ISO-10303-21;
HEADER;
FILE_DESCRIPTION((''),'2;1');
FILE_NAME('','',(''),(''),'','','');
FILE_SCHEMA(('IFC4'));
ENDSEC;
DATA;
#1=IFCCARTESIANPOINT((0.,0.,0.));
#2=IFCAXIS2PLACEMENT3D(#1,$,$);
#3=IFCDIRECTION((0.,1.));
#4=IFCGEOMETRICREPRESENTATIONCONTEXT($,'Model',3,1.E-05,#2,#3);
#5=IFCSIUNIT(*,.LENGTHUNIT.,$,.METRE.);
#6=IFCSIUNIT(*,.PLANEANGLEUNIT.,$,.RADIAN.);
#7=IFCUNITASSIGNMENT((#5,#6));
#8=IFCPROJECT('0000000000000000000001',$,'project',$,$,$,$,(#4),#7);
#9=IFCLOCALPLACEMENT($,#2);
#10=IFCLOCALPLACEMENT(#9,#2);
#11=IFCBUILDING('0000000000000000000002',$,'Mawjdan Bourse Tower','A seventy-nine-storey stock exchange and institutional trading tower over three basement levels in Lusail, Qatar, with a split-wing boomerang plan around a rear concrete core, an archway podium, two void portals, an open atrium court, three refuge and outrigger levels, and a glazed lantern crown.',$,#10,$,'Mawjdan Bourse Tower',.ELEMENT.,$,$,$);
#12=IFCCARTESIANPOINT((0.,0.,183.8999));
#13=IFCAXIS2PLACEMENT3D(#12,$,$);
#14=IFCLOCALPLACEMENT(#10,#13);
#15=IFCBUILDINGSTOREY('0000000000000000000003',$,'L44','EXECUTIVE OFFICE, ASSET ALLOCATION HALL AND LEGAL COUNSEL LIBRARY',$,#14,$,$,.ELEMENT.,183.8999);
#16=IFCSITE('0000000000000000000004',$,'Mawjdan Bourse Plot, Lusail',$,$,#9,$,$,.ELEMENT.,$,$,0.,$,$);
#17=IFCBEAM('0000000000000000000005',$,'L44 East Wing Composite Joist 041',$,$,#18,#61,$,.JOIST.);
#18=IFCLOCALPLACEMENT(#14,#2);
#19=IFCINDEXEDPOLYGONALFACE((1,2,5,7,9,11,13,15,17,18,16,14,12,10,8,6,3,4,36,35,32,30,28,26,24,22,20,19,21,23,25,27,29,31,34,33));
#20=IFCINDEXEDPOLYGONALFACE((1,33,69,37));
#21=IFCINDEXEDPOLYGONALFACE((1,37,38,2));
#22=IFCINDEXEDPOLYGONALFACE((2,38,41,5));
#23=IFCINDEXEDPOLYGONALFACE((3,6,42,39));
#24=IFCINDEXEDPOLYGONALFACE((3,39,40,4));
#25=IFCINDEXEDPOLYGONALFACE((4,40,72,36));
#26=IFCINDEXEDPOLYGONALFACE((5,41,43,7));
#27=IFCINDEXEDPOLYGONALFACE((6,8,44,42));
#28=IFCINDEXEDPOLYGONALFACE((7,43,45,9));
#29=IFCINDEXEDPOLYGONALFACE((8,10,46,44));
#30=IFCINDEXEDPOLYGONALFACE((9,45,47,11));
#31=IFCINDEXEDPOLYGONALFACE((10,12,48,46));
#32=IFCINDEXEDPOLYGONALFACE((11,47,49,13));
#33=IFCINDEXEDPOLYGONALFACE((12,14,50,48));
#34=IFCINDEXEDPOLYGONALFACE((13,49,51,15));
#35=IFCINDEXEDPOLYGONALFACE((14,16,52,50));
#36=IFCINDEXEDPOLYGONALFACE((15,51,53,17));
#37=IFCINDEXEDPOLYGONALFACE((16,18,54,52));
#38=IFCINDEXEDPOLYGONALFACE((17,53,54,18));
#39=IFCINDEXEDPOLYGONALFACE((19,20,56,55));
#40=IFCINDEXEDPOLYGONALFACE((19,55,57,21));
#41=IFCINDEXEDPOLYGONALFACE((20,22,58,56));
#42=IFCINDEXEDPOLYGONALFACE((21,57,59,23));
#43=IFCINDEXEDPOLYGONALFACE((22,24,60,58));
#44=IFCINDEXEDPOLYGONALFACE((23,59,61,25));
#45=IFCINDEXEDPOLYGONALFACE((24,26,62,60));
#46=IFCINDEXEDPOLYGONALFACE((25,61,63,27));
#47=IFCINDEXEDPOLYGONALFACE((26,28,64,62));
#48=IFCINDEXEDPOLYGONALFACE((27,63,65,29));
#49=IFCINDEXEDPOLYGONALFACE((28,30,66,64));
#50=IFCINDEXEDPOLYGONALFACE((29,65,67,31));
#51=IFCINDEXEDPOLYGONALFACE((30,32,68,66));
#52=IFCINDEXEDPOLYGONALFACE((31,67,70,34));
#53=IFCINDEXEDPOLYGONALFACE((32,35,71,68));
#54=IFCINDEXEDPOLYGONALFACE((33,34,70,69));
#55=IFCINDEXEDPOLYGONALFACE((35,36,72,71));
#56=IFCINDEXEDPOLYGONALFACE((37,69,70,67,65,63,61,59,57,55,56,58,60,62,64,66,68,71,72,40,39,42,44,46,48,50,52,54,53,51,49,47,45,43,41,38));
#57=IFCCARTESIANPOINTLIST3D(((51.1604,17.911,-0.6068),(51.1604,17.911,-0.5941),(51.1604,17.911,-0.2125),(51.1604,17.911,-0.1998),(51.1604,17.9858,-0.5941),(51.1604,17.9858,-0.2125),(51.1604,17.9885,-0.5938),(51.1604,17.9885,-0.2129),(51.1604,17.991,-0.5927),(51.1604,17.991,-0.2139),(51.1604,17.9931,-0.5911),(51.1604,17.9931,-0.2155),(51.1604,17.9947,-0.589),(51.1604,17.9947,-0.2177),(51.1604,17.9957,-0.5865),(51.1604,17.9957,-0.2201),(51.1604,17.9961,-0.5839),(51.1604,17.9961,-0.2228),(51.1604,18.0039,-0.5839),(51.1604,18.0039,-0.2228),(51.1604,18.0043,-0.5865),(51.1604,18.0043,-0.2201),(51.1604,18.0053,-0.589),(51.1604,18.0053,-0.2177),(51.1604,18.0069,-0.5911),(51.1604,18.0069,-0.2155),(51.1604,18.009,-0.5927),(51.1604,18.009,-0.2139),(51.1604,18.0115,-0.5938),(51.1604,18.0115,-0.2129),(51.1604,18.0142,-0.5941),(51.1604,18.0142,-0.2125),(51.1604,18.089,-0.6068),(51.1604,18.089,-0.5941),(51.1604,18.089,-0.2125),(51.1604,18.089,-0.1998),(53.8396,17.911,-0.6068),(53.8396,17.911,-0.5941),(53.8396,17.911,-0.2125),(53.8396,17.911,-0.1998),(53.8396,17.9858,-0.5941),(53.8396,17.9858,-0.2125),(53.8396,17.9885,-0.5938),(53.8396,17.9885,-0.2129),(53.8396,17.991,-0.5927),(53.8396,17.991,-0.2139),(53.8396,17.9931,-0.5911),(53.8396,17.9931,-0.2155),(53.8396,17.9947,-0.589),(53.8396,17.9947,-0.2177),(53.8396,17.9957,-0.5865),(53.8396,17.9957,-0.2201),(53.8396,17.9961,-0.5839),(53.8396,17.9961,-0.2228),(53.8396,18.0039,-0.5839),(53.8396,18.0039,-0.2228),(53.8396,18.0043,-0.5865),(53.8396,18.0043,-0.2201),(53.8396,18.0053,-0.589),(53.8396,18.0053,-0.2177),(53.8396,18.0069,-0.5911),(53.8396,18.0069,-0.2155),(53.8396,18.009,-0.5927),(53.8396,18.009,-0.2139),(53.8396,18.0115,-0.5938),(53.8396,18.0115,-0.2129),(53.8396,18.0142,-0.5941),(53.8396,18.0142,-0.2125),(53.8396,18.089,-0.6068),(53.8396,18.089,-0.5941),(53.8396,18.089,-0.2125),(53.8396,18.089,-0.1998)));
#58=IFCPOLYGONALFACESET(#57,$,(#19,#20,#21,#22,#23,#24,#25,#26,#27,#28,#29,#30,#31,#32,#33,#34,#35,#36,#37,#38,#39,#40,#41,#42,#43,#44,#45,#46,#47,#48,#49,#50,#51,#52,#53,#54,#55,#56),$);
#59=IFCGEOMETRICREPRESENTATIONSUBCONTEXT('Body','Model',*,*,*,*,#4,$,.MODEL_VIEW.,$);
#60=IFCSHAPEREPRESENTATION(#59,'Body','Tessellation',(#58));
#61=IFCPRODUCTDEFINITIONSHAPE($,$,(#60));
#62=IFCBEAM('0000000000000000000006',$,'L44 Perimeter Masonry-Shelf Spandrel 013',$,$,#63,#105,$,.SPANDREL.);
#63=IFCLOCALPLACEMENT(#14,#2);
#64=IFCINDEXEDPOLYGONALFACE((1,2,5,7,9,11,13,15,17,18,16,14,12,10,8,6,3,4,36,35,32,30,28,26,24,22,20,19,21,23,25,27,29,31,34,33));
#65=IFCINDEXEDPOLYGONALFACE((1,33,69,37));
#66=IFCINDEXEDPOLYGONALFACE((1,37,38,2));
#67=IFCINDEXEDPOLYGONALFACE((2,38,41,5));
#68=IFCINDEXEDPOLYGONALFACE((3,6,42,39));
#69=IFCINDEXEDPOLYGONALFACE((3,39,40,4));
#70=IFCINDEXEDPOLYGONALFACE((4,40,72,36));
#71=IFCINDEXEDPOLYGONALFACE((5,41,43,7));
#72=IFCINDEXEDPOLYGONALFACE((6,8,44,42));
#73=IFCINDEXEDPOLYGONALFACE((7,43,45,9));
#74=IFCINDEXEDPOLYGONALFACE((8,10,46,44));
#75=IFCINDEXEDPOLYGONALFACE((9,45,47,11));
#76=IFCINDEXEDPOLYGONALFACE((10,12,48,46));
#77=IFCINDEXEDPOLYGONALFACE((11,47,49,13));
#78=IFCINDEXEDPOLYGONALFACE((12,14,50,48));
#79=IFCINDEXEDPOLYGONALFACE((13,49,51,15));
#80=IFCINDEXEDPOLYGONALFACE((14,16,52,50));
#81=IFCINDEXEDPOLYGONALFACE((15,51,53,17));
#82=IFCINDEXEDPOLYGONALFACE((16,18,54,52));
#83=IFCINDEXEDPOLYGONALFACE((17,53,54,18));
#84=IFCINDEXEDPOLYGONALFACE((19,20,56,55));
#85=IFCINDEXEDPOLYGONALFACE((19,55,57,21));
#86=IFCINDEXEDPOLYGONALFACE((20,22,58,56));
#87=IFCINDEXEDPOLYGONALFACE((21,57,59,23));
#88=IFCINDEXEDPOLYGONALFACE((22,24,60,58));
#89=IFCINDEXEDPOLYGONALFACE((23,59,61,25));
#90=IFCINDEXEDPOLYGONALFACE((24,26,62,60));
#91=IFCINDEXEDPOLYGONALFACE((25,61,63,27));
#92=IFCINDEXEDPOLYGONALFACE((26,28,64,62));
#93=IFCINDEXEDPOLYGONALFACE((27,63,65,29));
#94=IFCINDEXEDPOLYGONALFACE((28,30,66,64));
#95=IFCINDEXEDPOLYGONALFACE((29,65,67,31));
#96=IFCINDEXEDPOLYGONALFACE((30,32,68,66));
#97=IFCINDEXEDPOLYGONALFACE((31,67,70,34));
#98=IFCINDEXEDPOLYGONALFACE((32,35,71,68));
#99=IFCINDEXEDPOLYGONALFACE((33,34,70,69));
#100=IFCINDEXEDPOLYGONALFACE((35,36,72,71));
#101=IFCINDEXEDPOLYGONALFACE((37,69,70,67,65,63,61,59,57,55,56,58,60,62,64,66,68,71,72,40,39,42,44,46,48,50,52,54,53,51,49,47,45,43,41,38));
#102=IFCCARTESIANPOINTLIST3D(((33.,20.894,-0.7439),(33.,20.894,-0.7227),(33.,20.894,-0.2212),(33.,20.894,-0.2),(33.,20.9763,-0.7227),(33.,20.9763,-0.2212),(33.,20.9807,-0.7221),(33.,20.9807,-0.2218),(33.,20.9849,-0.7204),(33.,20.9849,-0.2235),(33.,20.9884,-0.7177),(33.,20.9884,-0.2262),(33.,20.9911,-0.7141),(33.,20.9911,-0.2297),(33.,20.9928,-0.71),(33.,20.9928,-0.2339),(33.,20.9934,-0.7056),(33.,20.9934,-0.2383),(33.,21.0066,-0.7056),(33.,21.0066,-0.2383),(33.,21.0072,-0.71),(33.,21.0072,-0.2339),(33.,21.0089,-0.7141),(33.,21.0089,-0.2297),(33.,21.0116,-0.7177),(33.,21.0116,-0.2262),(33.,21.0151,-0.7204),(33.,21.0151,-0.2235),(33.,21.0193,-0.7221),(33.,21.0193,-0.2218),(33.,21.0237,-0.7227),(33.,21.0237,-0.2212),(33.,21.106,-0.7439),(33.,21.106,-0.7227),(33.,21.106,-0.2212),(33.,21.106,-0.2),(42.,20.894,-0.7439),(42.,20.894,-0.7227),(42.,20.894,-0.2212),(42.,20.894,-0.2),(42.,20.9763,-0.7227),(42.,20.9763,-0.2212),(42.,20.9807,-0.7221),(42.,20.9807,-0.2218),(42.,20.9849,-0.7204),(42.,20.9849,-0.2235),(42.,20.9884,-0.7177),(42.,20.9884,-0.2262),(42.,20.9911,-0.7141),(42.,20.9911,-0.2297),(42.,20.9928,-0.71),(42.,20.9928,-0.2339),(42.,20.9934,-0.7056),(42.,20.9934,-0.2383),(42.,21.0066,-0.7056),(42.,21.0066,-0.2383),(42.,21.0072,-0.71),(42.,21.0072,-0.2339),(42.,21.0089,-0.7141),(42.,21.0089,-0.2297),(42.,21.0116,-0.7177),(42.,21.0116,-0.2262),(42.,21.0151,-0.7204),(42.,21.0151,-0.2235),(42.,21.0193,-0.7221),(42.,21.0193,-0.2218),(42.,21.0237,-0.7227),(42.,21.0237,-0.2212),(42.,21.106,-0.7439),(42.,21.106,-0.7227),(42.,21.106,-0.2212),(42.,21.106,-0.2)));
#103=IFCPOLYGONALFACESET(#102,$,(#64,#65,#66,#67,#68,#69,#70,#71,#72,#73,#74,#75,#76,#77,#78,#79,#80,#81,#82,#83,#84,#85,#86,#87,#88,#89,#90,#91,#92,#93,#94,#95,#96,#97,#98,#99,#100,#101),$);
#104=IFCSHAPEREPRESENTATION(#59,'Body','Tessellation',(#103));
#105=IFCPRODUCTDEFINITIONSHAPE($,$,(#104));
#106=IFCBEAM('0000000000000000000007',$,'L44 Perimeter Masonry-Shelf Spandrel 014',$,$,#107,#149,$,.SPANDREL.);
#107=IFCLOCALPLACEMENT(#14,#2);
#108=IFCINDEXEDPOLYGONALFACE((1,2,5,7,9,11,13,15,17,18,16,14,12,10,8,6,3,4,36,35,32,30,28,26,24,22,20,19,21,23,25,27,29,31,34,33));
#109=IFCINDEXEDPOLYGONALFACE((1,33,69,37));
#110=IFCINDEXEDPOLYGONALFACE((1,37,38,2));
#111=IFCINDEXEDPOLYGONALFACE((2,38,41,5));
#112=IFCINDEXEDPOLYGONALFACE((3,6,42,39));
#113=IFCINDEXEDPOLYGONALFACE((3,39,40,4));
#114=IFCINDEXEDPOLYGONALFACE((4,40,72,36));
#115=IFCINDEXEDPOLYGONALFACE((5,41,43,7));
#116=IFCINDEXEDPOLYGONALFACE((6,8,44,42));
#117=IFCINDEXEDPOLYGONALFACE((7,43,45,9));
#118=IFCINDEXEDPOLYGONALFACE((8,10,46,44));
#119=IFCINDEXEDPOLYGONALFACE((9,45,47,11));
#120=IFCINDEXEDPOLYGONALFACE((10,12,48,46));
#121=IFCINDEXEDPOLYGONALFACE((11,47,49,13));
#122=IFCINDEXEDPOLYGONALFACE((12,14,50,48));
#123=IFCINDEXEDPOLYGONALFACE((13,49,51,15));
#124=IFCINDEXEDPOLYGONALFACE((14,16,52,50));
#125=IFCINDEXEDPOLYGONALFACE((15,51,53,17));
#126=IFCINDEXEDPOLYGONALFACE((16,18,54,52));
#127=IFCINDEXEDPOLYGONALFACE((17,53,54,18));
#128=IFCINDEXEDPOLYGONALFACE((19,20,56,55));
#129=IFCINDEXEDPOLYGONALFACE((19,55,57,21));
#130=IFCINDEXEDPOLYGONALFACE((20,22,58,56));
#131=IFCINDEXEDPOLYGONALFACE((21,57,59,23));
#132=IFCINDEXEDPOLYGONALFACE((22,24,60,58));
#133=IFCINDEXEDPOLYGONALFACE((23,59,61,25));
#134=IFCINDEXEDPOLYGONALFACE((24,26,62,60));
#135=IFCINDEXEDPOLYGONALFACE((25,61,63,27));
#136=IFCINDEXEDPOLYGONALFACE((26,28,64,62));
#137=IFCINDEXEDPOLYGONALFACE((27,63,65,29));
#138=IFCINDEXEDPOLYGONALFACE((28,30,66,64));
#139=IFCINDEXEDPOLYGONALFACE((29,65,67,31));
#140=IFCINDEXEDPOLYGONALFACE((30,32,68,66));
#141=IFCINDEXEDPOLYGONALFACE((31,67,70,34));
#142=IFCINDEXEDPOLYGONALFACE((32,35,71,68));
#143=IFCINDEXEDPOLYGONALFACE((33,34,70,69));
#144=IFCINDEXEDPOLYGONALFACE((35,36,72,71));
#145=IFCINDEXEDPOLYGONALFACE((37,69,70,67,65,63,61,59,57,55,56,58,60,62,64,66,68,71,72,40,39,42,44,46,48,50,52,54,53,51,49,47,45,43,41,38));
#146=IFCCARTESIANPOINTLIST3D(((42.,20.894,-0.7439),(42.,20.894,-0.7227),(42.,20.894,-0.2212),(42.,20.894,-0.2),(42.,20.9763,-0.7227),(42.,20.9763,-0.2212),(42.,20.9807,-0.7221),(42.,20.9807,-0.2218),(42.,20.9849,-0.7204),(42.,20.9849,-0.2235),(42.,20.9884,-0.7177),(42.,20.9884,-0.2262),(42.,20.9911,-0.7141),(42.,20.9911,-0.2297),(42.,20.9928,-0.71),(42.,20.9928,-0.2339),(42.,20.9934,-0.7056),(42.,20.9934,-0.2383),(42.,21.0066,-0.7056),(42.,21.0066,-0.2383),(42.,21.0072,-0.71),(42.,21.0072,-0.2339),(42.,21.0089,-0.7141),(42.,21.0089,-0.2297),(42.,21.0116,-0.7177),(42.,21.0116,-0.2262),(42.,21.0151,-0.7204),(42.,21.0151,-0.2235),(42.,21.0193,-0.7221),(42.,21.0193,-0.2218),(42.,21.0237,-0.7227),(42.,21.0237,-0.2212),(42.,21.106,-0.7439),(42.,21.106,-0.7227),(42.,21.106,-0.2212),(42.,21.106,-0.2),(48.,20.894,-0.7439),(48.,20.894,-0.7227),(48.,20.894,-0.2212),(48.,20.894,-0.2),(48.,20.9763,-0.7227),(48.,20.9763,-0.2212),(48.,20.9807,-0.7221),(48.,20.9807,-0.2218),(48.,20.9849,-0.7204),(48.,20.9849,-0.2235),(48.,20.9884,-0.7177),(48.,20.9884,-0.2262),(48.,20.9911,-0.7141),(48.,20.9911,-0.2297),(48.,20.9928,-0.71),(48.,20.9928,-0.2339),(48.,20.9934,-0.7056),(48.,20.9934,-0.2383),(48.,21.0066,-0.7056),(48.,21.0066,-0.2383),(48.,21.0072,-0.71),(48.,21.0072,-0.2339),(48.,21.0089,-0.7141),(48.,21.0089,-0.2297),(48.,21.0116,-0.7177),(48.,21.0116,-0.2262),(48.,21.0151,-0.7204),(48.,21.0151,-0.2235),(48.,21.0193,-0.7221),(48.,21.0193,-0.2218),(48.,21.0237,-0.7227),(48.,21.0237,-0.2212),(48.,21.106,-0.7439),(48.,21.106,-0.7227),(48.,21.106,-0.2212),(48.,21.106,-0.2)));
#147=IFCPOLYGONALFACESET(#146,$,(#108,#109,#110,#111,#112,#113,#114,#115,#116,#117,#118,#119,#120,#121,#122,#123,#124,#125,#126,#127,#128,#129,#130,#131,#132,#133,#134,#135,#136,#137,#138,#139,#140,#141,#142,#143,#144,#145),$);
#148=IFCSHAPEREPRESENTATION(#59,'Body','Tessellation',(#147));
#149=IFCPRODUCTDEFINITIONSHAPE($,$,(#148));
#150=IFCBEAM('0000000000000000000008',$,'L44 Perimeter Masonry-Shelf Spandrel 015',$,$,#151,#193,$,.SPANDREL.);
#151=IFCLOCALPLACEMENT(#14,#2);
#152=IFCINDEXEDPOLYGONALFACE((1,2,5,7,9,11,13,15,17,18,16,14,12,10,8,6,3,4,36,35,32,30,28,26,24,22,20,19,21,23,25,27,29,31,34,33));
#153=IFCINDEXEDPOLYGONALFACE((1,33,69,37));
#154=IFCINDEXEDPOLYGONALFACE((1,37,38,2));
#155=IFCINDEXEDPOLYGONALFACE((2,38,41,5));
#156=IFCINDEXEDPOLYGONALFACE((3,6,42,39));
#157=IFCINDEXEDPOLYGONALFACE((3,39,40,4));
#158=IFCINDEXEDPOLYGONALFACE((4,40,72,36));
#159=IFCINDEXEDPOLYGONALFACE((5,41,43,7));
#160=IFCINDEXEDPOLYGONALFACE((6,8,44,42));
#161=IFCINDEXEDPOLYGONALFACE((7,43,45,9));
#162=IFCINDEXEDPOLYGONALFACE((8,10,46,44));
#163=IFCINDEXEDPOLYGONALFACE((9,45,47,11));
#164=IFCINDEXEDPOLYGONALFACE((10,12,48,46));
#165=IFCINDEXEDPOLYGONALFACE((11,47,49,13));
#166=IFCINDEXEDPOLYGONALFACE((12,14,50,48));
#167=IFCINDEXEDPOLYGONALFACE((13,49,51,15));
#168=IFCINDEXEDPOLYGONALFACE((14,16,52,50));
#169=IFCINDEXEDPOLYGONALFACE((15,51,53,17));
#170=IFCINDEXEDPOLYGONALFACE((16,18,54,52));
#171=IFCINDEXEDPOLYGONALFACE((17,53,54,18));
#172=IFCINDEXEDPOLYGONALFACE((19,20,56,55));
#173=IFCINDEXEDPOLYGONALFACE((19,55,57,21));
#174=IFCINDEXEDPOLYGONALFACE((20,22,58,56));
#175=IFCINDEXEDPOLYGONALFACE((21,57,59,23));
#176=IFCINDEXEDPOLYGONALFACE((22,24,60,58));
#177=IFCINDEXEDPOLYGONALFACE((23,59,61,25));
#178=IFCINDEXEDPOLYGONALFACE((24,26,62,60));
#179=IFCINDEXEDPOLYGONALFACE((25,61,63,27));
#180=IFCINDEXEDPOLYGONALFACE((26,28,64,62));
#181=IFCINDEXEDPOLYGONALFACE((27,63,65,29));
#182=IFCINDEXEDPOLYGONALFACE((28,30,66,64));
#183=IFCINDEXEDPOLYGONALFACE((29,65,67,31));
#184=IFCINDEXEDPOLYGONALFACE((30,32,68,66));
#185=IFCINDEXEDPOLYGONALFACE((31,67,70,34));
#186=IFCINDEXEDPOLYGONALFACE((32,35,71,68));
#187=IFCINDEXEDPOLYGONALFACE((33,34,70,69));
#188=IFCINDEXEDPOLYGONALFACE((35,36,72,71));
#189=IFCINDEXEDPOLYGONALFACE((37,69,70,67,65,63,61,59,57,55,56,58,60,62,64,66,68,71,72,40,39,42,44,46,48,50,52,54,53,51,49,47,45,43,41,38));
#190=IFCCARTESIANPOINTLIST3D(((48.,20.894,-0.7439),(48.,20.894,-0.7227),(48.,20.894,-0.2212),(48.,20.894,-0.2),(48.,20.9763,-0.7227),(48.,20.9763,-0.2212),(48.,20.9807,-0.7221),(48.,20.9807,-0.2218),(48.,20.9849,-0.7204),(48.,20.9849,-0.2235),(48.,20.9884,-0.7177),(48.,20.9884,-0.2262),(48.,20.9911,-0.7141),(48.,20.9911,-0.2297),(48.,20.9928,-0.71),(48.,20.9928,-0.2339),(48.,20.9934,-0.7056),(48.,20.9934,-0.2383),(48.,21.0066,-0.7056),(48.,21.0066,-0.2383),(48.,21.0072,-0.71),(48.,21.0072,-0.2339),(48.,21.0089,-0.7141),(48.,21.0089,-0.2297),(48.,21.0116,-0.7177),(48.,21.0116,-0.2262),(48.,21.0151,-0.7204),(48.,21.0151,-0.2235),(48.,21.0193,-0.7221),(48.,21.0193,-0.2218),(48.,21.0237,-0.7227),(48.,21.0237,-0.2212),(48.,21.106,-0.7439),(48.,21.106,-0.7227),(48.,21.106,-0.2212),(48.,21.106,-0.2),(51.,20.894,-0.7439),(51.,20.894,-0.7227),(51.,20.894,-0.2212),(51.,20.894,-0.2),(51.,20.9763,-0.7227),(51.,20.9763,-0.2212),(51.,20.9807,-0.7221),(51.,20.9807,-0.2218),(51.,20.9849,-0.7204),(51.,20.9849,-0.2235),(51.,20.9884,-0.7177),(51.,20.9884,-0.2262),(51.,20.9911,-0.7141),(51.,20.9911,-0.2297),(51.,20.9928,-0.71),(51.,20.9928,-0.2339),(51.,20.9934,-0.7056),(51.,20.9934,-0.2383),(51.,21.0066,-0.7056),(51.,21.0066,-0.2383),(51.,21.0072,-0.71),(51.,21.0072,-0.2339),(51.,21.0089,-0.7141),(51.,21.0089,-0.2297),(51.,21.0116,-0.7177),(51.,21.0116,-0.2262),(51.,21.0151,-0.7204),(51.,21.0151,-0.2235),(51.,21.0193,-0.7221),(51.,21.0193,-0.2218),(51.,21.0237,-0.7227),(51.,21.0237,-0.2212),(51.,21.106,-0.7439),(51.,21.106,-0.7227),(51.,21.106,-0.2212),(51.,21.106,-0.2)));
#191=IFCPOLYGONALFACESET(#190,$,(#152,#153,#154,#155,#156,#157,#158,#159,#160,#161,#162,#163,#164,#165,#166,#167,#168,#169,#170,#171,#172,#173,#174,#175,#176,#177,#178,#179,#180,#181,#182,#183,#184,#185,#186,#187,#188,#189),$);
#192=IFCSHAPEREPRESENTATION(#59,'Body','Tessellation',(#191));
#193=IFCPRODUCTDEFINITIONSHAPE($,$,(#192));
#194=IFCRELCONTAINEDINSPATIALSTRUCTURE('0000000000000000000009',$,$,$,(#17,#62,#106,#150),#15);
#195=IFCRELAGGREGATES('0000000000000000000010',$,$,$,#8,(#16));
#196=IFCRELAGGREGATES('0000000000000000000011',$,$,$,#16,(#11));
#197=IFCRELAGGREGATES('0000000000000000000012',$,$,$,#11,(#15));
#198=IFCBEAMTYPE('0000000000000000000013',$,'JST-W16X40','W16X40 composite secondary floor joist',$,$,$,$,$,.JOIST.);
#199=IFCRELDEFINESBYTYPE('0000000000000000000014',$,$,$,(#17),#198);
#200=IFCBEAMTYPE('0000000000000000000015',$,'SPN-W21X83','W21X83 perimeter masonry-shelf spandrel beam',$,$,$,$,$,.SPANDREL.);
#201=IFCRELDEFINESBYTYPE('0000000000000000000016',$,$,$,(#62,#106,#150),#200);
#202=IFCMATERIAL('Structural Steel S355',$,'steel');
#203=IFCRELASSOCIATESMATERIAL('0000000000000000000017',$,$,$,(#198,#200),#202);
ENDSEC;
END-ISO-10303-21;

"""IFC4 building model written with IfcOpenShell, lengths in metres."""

from ifc_helpers import new_model, si_unit, direction, frame, origin, origin_2d, place, context, subcontext, project, spatial, i_section, extrude, material, material_profile, profile_set, type_object, element, save


model = new_model("IFC4")

# Units and contexts
model_context = context("Model", 3, precision=1e-05, world=origin(), true_north=direction((0.0, 1.0)))
body_context = subcontext(model_context, "Body", "Model", "MODEL_VIEW")
ifc_project = project(units=[si_unit("LENGTHUNIT", "METRE"), si_unit("PLANEANGLEUNIT", "RADIAN")], contexts=[model_context])

# Site, building, storey
site_placement = place(None, origin())
site = spatial("IfcSite", under=ifc_project, at=site_placement, Name="Mawjdan Bourse Plot, Lusail", CompositionType="ELEMENT", RefElevation=0.0)
building_placement = place(site_placement, origin())
building = spatial("IfcBuilding", under=site, at=building_placement, Name="Mawjdan Bourse Tower", Description="A seventy-nine-storey stock exchange and institutional trading tower over three basement levels in Lusail, Qatar, with a split-wing boomerang plan around a rear concrete core, an archway podium, two void portals, an open atrium court, three refuge and outrigger levels, and a glazed lantern crown.", LongName="Mawjdan Bourse Tower", CompositionType="ELEMENT")
storey_placement = place(building_placement, frame((0.0, 0.0, 183.8999)))
storey = spatial("IfcBuildingStorey", under=building, at=storey_placement, Name="L44", Description="EXECUTIVE OFFICE, ASSET ALLOCATION HALL AND LEGAL COUNSEL LIBRARY", CompositionType="ELEMENT", Elevation=183.8999)

# Beams
ifc_material_1 = material(Name="Structural Steel S355", Category="steel")
ifc_material_profile_1 = material_profile(ifc_material_1, i_section(OverallWidth=0.178, OverallDepth=0.407, WebThickness=0.0078, FlangeThickness=0.0127, FilletRadius=0.0103, at=origin_2d()), Name="W16X40")
ifc_profile_set_1 = profile_set([ifc_material_profile_1], Name="Structural Steel S355")
beam_type_1 = type_object("IfcBeamType", Name="JST-W16X40", Description="W16X40 composite secondary floor joist", PredefinedType="JOIST", material=ifc_profile_set_1)
for number, where, z_axis, x_axis, name in (
    (1, (51.1604, 18.0, -0.4033), (1.0, 0.0, 0.0), (0.0, 1.0, 0.0), "L44 East Wing Composite Joist 041"),
):
    element("IfcBeam", number, at=place(storey_placement, frame(where, z_axis=z_axis, x_axis=x_axis)), inside=storey, type_object=beam_type_1, Name=name, PredefinedType="JOIST", context=body_context, shape_type="SweptSolid", body=[
        extrude(i_section(OverallWidth=0.178, OverallDepth=0.407, WebThickness=0.0078, FlangeThickness=0.0127, FilletRadius=0.0103, at=origin_2d()), origin(), (0.0, 0.0, 1.0), 2.6792),
    ])
ifc_material_profile_2 = material_profile(ifc_material_1, i_section(OverallWidth=0.2119, OverallDepth=0.5439, WebThickness=0.0132, FlangeThickness=0.0212, FilletRadius=0.0171, at=origin_2d()), Name="W21X83")
ifc_profile_set_2 = profile_set([ifc_material_profile_2], Name="Structural Steel S355")
beam_type_2 = type_object("IfcBeamType", Name="SPN-W21X83", Description="W21X83 perimeter masonry-shelf spandrel beam", PredefinedType="SPANDREL", material=ifc_profile_set_2)
beam_1_placement = place(storey_placement, frame((33.0, 21.0, -0.4719), z_axis=(1.0, 0.0, 0.0), x_axis=(0.0, 1.0, 0.0)))
element("IfcBeam", 2, at=beam_1_placement, inside=storey, type_object=beam_type_2, Name="L44 Perimeter Masonry-Shelf Spandrel 013", PredefinedType="SPANDREL", context=body_context, shape_type="SweptSolid", body=[
    extrude(i_section(OverallWidth=0.2119, OverallDepth=0.5439, WebThickness=0.0132, FlangeThickness=0.0212, FilletRadius=0.0171, at=origin_2d()), origin(), (0.0, 0.0, 1.0), 9.0),
])
beam_2_placement = place(storey_placement, frame((42.0, 21.0, -0.4719), z_axis=(1.0, 0.0, 0.0), x_axis=(0.0, 1.0, 0.0)))
element("IfcBeam", 3, at=beam_2_placement, inside=storey, type_object=beam_type_2, Name="L44 Perimeter Masonry-Shelf Spandrel 014", PredefinedType="SPANDREL", context=body_context, shape_type="SweptSolid", body=[
    extrude(i_section(OverallWidth=0.2119, OverallDepth=0.5439, WebThickness=0.0132, FlangeThickness=0.0212, FilletRadius=0.0171, at=origin_2d()), origin(), (0.0, 0.0, 1.0), 6.0),
])
for number, where, z_axis, x_axis, name in (
    (4, (48.0, 21.0, -0.4719), (1.0, 0.0, 0.0), (0.0, 1.0, 0.0), "L44 Perimeter Masonry-Shelf Spandrel 015"),
):
    element("IfcBeam", number, at=place(storey_placement, frame(where, z_axis=z_axis, x_axis=x_axis)), inside=storey, type_object=beam_type_2, Name=name, PredefinedType="SPANDREL", context=body_context, shape_type="SweptSolid", body=[
        extrude(i_section(OverallWidth=0.2119, OverallDepth=0.5439, WebThickness=0.0132, FlangeThickness=0.0212, FilletRadius=0.0171, at=origin_2d()), origin(), (0.0, 0.0, 1.0), 3.0),
    ])

save(model, "model.ifc")
